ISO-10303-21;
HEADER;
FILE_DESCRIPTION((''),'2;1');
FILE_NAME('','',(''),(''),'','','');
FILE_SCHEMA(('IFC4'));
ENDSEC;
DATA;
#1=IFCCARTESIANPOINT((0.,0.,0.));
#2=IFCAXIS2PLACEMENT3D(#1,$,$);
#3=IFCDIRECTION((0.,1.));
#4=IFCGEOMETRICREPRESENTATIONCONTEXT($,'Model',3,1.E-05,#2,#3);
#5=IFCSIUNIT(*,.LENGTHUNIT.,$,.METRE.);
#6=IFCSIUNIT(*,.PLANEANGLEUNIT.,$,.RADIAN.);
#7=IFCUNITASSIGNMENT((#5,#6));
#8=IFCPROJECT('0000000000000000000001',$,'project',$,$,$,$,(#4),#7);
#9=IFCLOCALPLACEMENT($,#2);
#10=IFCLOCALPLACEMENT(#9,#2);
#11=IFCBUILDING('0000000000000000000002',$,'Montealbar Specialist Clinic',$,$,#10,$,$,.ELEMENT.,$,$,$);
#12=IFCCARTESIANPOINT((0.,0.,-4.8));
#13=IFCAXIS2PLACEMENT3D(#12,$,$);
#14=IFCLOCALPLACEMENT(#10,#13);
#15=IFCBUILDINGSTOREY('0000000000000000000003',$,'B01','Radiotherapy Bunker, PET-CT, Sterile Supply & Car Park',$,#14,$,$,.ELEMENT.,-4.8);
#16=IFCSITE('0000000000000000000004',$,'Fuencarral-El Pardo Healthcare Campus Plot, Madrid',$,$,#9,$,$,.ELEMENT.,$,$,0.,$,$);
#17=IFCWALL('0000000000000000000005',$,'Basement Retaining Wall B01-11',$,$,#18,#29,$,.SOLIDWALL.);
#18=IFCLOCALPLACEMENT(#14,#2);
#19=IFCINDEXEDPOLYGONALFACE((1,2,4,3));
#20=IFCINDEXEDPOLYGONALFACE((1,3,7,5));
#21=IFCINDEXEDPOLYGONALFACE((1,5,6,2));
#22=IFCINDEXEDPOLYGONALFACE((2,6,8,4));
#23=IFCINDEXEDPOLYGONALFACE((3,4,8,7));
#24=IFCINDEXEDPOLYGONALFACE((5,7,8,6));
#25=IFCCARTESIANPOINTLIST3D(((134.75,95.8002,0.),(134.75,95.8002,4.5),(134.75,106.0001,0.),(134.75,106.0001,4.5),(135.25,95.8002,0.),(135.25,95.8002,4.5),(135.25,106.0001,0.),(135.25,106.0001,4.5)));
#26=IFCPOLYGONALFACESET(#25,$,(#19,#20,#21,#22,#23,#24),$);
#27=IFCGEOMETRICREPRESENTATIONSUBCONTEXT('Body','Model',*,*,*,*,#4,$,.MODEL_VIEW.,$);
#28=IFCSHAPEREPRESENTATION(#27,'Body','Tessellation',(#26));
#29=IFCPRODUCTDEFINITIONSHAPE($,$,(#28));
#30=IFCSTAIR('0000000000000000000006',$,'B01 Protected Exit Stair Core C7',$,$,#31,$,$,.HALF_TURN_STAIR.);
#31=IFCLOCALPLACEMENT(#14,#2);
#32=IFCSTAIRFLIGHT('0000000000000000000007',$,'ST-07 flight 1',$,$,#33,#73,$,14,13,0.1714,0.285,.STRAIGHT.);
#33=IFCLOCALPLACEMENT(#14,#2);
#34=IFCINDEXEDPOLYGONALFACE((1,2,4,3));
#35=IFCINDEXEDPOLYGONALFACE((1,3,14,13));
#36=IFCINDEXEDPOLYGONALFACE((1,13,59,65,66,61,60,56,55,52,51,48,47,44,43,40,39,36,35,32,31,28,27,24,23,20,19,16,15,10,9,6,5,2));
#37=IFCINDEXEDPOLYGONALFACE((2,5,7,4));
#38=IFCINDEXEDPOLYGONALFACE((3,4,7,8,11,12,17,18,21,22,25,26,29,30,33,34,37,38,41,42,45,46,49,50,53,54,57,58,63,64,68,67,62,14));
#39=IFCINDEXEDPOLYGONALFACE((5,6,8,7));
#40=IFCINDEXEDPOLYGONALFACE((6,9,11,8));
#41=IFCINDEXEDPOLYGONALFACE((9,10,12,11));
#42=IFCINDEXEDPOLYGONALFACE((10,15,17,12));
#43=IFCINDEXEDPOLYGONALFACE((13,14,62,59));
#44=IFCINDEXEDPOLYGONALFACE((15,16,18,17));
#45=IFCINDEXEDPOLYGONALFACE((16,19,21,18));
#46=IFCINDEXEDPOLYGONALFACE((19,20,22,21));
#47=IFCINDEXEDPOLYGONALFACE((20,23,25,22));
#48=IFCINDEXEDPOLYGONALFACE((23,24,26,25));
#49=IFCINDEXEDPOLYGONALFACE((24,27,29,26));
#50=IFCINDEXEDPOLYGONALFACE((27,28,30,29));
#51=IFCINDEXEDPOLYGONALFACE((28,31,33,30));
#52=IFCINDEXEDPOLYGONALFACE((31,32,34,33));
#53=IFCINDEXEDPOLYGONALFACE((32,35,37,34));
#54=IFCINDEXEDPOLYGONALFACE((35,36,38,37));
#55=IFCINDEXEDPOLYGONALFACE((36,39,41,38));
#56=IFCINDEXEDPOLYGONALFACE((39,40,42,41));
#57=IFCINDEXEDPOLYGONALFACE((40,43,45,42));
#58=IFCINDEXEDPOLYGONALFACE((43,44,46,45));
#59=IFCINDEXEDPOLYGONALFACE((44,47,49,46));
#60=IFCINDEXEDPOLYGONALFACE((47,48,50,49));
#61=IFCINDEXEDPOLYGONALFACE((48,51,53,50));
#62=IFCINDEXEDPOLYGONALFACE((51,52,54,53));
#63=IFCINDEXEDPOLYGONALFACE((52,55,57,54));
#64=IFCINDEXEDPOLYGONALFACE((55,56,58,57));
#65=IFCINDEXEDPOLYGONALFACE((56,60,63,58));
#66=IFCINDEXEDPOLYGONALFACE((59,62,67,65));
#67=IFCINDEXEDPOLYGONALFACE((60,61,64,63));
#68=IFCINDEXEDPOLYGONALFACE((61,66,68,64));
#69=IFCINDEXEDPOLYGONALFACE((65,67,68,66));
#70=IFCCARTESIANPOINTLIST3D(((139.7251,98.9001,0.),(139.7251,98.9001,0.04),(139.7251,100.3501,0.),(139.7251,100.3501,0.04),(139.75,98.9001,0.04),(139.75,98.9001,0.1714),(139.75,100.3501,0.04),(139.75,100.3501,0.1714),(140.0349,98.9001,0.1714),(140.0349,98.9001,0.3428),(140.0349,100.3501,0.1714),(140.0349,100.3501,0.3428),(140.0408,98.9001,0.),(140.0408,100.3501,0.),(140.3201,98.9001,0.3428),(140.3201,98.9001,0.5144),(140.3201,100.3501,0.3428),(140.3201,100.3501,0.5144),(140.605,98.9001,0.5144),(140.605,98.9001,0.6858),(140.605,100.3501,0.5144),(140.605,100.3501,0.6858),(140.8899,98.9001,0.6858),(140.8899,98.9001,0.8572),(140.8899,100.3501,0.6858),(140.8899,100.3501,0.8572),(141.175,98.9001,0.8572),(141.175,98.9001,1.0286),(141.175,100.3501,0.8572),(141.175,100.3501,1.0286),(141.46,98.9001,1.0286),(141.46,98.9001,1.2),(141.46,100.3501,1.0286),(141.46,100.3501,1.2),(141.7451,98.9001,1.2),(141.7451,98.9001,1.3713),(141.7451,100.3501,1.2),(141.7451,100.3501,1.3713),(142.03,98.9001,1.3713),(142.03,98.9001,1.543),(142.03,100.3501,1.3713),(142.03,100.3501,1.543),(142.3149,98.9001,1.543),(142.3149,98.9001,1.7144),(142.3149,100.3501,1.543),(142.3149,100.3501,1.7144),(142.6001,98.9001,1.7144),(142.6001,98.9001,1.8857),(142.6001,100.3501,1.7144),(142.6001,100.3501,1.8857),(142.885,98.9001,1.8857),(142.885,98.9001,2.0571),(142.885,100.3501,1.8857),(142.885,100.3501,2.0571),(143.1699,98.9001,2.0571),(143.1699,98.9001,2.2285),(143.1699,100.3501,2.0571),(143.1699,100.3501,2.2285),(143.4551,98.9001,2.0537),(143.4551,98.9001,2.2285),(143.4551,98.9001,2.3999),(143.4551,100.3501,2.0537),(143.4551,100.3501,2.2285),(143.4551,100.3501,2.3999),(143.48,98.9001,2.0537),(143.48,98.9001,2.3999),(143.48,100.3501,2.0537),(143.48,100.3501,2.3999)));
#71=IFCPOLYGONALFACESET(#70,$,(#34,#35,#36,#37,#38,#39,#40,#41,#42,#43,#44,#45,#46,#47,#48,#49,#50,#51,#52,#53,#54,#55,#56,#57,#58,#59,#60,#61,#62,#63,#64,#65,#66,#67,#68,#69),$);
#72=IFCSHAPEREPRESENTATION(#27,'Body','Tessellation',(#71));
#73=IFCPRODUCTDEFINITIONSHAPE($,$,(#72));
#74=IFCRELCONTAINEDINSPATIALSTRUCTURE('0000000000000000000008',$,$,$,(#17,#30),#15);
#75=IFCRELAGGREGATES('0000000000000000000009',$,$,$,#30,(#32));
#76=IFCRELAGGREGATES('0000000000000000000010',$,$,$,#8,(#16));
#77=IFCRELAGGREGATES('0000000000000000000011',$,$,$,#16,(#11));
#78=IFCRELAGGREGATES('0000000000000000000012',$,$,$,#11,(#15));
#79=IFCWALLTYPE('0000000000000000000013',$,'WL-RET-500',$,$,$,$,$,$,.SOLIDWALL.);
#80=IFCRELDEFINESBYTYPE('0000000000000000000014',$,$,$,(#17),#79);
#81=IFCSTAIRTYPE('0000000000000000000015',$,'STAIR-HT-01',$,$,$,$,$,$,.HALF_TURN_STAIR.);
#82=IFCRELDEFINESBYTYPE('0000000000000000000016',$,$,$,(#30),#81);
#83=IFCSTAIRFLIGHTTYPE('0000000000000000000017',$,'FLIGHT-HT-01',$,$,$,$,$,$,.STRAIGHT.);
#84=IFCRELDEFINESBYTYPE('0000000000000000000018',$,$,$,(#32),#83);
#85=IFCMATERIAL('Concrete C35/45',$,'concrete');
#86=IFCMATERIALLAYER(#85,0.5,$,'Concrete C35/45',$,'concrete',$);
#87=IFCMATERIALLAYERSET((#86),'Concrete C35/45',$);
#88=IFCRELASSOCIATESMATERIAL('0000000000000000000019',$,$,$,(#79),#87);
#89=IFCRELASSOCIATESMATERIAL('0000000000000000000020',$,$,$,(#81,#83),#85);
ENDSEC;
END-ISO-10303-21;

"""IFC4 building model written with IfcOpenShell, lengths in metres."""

from ifc_helpers import new_model, si_unit, direction, frame, frame_2d, origin, place, context, subcontext, project, spatial, polyline, rectangle, outline, extrude, material, layer, layer_set, type_object, element, aggregate, save


model = new_model("IFC4")

# Units and contexts
model_context = context("Model", 3, precision=1e-05, world=origin(), true_north=direction((0.0, 1.0)))
body_context = subcontext(model_context, "Body", "Model", "MODEL_VIEW")
ifc_project = project(units=[si_unit("LENGTHUNIT", "METRE"), si_unit("PLANEANGLEUNIT", "RADIAN")], contexts=[model_context])

# Site, building, storey
site_placement = place(None, origin())
site = spatial("IfcSite", under=ifc_project, at=site_placement, Name="Fuencarral-El Pardo Healthcare Campus Plot, Madrid", CompositionType="ELEMENT", RefElevation=0.0)
building_placement = place(site_placement, origin())
building = spatial("IfcBuilding", under=site, at=building_placement, Name="Montealbar Specialist Clinic", CompositionType="ELEMENT")
storey_placement = place(building_placement, frame((0.0, 0.0, -4.8)))
storey = spatial("IfcBuildingStorey", under=building, at=storey_placement, Name="B01", Description="Radiotherapy Bunker, PET-CT, Sterile Supply & Car Park", CompositionType="ELEMENT", Elevation=-4.8)

# Shared definitions
ifc_material_1 = material(Name="Concrete C35/45", Category="concrete")

# Wall
ifc_layer_1 = layer(ifc_material_1, 0.5, Name="Concrete C35/45", Category="concrete")
ifc_layer_set_1 = layer_set([ifc_layer_1], Name="Concrete C35/45")
wall_type_1 = type_object("IfcWallType", Name="WL-RET-500", PredefinedType="SOLIDWALL", material=ifc_layer_set_1)
wall_1_placement = place(storey_placement, frame((135.0, 95.8, 0.0), z_axis=(0.0, 0.0, 1.0), x_axis=(0.0, 1.0, 0.0)))
element("IfcWall", 1, at=wall_1_placement, inside=storey, type_object=wall_type_1, Name="Basement Retaining Wall B01-11", PredefinedType="SOLIDWALL", context=body_context, shape_type="SweptSolid", body=[
    extrude(rectangle(XDim=10.2, YDim=0.5, at=frame_2d((5.1001, 0.0))), origin(), (0.0, 0.0, 1.0), 4.5),
])

# Stair, stair flight
stair_type = type_object("IfcStairType", Name="STAIR-HT-01", PredefinedType="HALF_TURN_STAIR", material=ifc_material_1)
stair_placement = place(storey_placement, origin())
stair = element("IfcStair", 2, at=stair_placement, inside=storey, type_object=stair_type, Name="B01 Protected Exit Stair Core C7", PredefinedType="HALF_TURN_STAIR")
stair_flight_type = type_object("IfcStairFlightType", Name="FLIGHT-HT-01", PredefinedType="STRAIGHT", material=ifc_material_1)
stair_flight_placement = place(storey_placement, frame((139.75, 99.625, 0.0), z_axis=(0.0, 0.0, 1.0), x_axis=(1.0, 0.0, 0.0)))
stair_flight = element("IfcStairFlight", 3, at=stair_flight_placement, type_object=stair_flight_type, Name="ST-07 flight 1", NumberOfRisers=14, NumberOfTreads=13, PredefinedType="STRAIGHT", RiserHeight=0.1714, TreadLength=0.285, context=body_context, shape_type="SweptSolid", body=[
    extrude(outline(polyline([(-0.0249, 0.0), (-0.0249, 0.04), (0.0, 0.04), (0.0, 0.1714), (0.2849, 0.1714), (0.2849, 0.3428), (0.5701, 0.3428), (0.5701, 0.5144), (0.855, 0.5144), (0.855, 0.6858), (1.1399, 0.6858), (1.1399, 0.8572), (1.425, 0.8572), (1.425, 1.0286), (1.71, 1.0286), (1.71, 1.2), (1.9951, 1.2), (1.9951, 1.3713), (2.28, 1.3713), (2.28, 1.543), (2.5649, 1.543), (2.5649, 1.7144), (2.8501, 1.7144), (2.8501, 1.8857), (3.135, 1.8857), (3.135, 2.0571), (3.4199, 2.0571), (3.4199, 2.2285), (3.7051, 2.2285), (3.7051, 2.3999), (3.73, 2.3999), (3.73, 2.0537), (3.7051, 2.0537), (0.2908, 0.0), (-0.0249, 0.0)])), frame((0.0, 0.7251, 0.0), z_axis=(0.0, -1.0, 0.0), x_axis=(1.0, 0.0, 0.0)), (0.0, 0.0, 1.0), 1.45),
])
aggregate(stair, [stair_flight])

save(model, "model.ifc")
